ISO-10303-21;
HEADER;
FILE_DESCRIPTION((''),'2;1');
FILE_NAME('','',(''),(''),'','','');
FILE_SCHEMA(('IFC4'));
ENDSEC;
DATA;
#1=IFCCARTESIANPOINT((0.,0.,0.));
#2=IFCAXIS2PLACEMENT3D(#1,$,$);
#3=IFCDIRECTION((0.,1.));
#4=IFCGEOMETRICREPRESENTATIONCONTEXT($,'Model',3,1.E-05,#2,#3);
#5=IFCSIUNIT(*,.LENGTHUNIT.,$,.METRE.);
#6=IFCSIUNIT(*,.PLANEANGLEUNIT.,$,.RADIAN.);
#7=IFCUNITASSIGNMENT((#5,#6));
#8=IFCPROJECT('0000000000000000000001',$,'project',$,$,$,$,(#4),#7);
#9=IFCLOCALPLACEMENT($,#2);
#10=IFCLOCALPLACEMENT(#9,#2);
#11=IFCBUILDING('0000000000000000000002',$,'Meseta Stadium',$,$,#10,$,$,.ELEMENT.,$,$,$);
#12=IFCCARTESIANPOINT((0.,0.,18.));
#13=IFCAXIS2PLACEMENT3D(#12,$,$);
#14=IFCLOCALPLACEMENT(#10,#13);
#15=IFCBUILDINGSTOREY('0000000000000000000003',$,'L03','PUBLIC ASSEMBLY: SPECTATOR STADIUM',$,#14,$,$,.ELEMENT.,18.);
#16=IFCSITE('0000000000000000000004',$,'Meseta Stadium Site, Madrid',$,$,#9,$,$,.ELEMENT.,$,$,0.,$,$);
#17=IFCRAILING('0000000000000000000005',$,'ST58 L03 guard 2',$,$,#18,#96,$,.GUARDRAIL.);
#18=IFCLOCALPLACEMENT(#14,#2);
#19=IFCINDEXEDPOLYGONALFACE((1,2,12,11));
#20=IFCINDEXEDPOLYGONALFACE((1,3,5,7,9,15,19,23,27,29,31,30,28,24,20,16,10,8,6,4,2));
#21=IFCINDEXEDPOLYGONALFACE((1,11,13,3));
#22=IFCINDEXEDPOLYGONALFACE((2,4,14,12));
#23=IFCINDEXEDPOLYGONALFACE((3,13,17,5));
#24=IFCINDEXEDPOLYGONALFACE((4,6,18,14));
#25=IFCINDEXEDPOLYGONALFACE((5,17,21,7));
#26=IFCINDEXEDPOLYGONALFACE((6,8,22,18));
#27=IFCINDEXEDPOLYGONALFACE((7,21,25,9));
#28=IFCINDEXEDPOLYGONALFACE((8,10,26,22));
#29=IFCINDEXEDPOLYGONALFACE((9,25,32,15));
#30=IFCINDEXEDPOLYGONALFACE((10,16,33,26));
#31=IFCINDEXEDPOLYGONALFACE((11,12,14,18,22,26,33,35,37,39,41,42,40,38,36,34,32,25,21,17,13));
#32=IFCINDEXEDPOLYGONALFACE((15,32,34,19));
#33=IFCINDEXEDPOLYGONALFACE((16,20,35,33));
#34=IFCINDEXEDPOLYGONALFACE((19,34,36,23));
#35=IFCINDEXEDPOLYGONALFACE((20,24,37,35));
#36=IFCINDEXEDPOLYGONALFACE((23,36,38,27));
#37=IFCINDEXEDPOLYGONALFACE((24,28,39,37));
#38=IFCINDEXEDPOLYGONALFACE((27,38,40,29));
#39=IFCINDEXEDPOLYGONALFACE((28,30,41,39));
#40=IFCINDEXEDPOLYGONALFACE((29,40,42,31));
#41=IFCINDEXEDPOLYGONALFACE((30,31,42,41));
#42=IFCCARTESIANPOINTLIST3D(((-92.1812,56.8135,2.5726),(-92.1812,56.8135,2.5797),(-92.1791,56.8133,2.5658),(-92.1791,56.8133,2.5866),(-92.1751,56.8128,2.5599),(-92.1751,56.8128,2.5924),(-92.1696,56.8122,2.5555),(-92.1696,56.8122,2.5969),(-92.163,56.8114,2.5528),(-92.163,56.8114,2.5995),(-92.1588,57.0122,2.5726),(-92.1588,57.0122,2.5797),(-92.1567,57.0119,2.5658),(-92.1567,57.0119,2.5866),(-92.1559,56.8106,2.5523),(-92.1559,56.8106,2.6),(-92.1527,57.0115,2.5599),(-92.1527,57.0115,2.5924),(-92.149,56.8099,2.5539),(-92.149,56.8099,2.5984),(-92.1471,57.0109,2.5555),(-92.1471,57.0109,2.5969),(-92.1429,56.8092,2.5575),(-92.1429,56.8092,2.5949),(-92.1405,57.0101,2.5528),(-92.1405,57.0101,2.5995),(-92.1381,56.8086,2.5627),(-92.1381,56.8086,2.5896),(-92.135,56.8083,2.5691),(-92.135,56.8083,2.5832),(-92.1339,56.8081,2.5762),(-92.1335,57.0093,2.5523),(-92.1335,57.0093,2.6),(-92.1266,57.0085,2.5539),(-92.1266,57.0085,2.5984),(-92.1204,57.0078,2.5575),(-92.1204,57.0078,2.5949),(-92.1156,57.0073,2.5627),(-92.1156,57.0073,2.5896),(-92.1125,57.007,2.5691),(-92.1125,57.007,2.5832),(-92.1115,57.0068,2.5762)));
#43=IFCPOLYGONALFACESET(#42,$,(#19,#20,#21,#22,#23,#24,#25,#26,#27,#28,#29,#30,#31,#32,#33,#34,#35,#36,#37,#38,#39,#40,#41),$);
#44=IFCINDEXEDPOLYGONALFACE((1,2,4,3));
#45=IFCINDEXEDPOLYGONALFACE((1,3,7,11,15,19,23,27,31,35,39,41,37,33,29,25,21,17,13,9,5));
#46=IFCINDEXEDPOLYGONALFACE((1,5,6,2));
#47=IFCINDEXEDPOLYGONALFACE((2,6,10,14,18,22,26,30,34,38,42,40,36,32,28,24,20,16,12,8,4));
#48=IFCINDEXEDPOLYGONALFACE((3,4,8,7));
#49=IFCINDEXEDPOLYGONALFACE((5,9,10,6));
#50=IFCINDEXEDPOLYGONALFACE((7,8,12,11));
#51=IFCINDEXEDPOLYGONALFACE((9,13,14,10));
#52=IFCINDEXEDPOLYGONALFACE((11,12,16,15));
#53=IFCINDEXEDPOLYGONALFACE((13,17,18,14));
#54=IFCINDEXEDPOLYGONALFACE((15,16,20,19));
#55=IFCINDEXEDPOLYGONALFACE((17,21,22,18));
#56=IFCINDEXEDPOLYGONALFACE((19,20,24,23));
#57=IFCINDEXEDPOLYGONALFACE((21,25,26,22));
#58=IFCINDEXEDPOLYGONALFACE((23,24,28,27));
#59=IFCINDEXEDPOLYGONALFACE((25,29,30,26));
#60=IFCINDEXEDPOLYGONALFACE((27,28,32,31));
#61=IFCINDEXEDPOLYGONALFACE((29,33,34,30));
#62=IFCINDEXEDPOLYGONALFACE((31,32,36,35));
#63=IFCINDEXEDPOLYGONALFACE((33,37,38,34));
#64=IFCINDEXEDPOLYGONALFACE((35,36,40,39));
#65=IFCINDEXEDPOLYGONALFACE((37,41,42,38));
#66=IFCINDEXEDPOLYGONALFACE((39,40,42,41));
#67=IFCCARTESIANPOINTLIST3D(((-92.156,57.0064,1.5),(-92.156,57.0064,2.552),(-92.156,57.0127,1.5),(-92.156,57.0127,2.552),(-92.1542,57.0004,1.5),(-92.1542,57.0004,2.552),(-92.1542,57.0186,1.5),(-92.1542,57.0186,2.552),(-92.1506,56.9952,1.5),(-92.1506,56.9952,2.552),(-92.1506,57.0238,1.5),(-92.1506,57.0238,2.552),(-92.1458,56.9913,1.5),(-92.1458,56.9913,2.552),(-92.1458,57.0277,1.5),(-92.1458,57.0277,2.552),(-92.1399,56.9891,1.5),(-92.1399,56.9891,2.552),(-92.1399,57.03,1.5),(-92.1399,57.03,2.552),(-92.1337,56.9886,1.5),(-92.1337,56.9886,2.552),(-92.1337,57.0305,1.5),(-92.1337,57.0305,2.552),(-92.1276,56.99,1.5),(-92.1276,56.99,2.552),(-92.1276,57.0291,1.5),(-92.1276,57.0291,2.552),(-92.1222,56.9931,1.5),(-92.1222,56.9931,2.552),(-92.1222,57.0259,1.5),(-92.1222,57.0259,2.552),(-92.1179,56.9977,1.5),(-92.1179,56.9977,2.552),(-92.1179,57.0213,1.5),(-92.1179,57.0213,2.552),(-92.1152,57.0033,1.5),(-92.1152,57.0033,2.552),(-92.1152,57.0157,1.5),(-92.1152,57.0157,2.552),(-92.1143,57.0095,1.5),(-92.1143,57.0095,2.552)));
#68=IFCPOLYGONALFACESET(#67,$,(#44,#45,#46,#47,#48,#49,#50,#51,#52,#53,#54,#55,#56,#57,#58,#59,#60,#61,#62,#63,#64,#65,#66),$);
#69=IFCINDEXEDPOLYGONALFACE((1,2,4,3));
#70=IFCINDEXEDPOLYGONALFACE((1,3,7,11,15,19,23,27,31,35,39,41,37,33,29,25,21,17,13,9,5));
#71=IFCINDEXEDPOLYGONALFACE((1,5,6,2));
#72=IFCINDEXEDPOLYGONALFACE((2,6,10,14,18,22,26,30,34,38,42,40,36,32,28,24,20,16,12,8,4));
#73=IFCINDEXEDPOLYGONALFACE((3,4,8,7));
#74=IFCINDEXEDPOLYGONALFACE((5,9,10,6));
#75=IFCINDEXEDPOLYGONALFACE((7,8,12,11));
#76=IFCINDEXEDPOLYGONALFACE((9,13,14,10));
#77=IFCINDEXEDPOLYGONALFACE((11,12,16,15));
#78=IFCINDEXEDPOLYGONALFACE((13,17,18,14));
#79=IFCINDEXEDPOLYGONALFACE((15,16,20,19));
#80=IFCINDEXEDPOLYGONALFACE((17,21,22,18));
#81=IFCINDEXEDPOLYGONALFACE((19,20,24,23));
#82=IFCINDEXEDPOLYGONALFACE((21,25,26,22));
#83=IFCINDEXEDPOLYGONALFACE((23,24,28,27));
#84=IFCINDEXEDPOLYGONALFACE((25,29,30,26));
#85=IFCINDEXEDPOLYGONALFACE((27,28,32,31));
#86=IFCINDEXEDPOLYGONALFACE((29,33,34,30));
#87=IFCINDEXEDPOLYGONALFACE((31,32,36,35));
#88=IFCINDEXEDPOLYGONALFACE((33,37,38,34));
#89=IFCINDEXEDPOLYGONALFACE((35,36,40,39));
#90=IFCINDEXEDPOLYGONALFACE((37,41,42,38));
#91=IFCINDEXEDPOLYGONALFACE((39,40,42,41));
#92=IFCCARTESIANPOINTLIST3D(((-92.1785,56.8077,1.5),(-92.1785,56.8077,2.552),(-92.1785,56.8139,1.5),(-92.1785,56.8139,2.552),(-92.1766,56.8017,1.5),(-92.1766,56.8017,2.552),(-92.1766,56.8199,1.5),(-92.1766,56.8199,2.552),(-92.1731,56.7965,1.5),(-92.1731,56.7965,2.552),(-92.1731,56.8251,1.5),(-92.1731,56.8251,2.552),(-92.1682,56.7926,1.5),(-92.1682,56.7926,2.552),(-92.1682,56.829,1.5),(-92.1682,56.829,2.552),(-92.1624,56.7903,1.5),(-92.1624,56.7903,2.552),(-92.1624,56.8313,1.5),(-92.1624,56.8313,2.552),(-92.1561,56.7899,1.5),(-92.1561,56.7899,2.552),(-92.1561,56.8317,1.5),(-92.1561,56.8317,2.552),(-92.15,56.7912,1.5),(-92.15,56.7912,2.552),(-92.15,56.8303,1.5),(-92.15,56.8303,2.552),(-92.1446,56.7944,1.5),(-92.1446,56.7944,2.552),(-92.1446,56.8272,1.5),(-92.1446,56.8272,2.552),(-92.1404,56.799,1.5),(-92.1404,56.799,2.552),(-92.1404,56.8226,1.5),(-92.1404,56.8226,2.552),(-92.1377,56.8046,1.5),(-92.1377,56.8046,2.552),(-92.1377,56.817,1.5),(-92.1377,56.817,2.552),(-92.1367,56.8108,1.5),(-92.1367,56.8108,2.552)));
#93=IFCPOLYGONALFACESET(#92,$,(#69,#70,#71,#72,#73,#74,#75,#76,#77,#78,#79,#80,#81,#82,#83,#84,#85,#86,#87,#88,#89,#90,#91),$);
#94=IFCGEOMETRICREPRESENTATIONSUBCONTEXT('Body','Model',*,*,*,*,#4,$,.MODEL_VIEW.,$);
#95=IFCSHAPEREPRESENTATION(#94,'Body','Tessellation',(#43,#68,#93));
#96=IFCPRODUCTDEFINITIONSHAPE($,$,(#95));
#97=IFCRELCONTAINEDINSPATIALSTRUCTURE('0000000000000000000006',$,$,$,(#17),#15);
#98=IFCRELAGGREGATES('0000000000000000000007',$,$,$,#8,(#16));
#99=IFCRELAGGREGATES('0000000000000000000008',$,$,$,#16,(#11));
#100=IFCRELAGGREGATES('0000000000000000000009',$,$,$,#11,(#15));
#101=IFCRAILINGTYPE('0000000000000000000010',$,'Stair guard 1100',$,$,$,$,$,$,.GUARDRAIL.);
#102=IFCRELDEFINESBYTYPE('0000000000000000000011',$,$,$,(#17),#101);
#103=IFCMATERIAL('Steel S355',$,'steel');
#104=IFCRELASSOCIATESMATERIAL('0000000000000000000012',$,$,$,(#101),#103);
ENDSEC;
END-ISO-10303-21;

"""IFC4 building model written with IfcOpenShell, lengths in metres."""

from ifc_helpers import new_model, si_unit, direction, frame, origin, origin_2d, place, context, subcontext, project, spatial, circle, extrude, material, type_object, element, save


model = new_model("IFC4")

# Units and contexts
model_context = context("Model", 3, precision=1e-05, world=origin(), true_north=direction((0.0, 1.0)))
body_context = subcontext(model_context, "Body", "Model", "MODEL_VIEW")
ifc_project = project(units=[si_unit("LENGTHUNIT", "METRE"), si_unit("PLANEANGLEUNIT", "RADIAN")], contexts=[model_context])

# Site, building, storey
site_placement = place(None, origin())
site = spatial("IfcSite", under=ifc_project, at=site_placement, Name="Meseta Stadium Site, Madrid", CompositionType="ELEMENT", RefElevation=0.0)
building_placement = place(site_placement, origin())
building = spatial("IfcBuilding", under=site, at=building_placement, Name="Meseta Stadium", CompositionType="ELEMENT")
storey_placement = place(building_placement, frame((0.0, 0.0, 18.0)))
storey = spatial("IfcBuildingStorey", under=building, at=storey_placement, Name="L03", Description="PUBLIC ASSEMBLY: SPECTATOR STADIUM", CompositionType="ELEMENT", Elevation=18.0)

# Railing
ifc_material_1 = material(Name="Steel S355", Category="steel")
railing_type_1 = type_object("IfcRailingType", Name="Stair guard 1100", PredefinedType="GUARDRAIL", material=ifc_material_1)
railing_1_placement = place(storey_placement, frame((-92.1353, 57.0095, 1.5)))
element("IfcRailing", 1, at=railing_1_placement, inside=storey, type_object=railing_type_1, Name="ST58 L03 guard 2", PredefinedType="GUARDRAIL", context=body_context, shape_type="SweptSolid", body=[
    extrude(circle(Radius=0.0239, at=origin_2d()), frame((0.0, 0.0, 1.0762), z_axis=(-0.112307, -0.993674, 0.0), x_axis=(0.993674, -0.112307, 0.0)), (0.0, 0.0, 1.0), 0.2),
    extrude(circle(Radius=0.021, at=origin_2d()), origin(), (0.0, 0.0, 1.0), 1.052),
    extrude(circle(Radius=0.021, at=origin_2d()), frame((-0.0225, -0.1987, 0.0)), (0.0, 0.0, 1.0), 1.052),
])

save(model, "model.ifc")
